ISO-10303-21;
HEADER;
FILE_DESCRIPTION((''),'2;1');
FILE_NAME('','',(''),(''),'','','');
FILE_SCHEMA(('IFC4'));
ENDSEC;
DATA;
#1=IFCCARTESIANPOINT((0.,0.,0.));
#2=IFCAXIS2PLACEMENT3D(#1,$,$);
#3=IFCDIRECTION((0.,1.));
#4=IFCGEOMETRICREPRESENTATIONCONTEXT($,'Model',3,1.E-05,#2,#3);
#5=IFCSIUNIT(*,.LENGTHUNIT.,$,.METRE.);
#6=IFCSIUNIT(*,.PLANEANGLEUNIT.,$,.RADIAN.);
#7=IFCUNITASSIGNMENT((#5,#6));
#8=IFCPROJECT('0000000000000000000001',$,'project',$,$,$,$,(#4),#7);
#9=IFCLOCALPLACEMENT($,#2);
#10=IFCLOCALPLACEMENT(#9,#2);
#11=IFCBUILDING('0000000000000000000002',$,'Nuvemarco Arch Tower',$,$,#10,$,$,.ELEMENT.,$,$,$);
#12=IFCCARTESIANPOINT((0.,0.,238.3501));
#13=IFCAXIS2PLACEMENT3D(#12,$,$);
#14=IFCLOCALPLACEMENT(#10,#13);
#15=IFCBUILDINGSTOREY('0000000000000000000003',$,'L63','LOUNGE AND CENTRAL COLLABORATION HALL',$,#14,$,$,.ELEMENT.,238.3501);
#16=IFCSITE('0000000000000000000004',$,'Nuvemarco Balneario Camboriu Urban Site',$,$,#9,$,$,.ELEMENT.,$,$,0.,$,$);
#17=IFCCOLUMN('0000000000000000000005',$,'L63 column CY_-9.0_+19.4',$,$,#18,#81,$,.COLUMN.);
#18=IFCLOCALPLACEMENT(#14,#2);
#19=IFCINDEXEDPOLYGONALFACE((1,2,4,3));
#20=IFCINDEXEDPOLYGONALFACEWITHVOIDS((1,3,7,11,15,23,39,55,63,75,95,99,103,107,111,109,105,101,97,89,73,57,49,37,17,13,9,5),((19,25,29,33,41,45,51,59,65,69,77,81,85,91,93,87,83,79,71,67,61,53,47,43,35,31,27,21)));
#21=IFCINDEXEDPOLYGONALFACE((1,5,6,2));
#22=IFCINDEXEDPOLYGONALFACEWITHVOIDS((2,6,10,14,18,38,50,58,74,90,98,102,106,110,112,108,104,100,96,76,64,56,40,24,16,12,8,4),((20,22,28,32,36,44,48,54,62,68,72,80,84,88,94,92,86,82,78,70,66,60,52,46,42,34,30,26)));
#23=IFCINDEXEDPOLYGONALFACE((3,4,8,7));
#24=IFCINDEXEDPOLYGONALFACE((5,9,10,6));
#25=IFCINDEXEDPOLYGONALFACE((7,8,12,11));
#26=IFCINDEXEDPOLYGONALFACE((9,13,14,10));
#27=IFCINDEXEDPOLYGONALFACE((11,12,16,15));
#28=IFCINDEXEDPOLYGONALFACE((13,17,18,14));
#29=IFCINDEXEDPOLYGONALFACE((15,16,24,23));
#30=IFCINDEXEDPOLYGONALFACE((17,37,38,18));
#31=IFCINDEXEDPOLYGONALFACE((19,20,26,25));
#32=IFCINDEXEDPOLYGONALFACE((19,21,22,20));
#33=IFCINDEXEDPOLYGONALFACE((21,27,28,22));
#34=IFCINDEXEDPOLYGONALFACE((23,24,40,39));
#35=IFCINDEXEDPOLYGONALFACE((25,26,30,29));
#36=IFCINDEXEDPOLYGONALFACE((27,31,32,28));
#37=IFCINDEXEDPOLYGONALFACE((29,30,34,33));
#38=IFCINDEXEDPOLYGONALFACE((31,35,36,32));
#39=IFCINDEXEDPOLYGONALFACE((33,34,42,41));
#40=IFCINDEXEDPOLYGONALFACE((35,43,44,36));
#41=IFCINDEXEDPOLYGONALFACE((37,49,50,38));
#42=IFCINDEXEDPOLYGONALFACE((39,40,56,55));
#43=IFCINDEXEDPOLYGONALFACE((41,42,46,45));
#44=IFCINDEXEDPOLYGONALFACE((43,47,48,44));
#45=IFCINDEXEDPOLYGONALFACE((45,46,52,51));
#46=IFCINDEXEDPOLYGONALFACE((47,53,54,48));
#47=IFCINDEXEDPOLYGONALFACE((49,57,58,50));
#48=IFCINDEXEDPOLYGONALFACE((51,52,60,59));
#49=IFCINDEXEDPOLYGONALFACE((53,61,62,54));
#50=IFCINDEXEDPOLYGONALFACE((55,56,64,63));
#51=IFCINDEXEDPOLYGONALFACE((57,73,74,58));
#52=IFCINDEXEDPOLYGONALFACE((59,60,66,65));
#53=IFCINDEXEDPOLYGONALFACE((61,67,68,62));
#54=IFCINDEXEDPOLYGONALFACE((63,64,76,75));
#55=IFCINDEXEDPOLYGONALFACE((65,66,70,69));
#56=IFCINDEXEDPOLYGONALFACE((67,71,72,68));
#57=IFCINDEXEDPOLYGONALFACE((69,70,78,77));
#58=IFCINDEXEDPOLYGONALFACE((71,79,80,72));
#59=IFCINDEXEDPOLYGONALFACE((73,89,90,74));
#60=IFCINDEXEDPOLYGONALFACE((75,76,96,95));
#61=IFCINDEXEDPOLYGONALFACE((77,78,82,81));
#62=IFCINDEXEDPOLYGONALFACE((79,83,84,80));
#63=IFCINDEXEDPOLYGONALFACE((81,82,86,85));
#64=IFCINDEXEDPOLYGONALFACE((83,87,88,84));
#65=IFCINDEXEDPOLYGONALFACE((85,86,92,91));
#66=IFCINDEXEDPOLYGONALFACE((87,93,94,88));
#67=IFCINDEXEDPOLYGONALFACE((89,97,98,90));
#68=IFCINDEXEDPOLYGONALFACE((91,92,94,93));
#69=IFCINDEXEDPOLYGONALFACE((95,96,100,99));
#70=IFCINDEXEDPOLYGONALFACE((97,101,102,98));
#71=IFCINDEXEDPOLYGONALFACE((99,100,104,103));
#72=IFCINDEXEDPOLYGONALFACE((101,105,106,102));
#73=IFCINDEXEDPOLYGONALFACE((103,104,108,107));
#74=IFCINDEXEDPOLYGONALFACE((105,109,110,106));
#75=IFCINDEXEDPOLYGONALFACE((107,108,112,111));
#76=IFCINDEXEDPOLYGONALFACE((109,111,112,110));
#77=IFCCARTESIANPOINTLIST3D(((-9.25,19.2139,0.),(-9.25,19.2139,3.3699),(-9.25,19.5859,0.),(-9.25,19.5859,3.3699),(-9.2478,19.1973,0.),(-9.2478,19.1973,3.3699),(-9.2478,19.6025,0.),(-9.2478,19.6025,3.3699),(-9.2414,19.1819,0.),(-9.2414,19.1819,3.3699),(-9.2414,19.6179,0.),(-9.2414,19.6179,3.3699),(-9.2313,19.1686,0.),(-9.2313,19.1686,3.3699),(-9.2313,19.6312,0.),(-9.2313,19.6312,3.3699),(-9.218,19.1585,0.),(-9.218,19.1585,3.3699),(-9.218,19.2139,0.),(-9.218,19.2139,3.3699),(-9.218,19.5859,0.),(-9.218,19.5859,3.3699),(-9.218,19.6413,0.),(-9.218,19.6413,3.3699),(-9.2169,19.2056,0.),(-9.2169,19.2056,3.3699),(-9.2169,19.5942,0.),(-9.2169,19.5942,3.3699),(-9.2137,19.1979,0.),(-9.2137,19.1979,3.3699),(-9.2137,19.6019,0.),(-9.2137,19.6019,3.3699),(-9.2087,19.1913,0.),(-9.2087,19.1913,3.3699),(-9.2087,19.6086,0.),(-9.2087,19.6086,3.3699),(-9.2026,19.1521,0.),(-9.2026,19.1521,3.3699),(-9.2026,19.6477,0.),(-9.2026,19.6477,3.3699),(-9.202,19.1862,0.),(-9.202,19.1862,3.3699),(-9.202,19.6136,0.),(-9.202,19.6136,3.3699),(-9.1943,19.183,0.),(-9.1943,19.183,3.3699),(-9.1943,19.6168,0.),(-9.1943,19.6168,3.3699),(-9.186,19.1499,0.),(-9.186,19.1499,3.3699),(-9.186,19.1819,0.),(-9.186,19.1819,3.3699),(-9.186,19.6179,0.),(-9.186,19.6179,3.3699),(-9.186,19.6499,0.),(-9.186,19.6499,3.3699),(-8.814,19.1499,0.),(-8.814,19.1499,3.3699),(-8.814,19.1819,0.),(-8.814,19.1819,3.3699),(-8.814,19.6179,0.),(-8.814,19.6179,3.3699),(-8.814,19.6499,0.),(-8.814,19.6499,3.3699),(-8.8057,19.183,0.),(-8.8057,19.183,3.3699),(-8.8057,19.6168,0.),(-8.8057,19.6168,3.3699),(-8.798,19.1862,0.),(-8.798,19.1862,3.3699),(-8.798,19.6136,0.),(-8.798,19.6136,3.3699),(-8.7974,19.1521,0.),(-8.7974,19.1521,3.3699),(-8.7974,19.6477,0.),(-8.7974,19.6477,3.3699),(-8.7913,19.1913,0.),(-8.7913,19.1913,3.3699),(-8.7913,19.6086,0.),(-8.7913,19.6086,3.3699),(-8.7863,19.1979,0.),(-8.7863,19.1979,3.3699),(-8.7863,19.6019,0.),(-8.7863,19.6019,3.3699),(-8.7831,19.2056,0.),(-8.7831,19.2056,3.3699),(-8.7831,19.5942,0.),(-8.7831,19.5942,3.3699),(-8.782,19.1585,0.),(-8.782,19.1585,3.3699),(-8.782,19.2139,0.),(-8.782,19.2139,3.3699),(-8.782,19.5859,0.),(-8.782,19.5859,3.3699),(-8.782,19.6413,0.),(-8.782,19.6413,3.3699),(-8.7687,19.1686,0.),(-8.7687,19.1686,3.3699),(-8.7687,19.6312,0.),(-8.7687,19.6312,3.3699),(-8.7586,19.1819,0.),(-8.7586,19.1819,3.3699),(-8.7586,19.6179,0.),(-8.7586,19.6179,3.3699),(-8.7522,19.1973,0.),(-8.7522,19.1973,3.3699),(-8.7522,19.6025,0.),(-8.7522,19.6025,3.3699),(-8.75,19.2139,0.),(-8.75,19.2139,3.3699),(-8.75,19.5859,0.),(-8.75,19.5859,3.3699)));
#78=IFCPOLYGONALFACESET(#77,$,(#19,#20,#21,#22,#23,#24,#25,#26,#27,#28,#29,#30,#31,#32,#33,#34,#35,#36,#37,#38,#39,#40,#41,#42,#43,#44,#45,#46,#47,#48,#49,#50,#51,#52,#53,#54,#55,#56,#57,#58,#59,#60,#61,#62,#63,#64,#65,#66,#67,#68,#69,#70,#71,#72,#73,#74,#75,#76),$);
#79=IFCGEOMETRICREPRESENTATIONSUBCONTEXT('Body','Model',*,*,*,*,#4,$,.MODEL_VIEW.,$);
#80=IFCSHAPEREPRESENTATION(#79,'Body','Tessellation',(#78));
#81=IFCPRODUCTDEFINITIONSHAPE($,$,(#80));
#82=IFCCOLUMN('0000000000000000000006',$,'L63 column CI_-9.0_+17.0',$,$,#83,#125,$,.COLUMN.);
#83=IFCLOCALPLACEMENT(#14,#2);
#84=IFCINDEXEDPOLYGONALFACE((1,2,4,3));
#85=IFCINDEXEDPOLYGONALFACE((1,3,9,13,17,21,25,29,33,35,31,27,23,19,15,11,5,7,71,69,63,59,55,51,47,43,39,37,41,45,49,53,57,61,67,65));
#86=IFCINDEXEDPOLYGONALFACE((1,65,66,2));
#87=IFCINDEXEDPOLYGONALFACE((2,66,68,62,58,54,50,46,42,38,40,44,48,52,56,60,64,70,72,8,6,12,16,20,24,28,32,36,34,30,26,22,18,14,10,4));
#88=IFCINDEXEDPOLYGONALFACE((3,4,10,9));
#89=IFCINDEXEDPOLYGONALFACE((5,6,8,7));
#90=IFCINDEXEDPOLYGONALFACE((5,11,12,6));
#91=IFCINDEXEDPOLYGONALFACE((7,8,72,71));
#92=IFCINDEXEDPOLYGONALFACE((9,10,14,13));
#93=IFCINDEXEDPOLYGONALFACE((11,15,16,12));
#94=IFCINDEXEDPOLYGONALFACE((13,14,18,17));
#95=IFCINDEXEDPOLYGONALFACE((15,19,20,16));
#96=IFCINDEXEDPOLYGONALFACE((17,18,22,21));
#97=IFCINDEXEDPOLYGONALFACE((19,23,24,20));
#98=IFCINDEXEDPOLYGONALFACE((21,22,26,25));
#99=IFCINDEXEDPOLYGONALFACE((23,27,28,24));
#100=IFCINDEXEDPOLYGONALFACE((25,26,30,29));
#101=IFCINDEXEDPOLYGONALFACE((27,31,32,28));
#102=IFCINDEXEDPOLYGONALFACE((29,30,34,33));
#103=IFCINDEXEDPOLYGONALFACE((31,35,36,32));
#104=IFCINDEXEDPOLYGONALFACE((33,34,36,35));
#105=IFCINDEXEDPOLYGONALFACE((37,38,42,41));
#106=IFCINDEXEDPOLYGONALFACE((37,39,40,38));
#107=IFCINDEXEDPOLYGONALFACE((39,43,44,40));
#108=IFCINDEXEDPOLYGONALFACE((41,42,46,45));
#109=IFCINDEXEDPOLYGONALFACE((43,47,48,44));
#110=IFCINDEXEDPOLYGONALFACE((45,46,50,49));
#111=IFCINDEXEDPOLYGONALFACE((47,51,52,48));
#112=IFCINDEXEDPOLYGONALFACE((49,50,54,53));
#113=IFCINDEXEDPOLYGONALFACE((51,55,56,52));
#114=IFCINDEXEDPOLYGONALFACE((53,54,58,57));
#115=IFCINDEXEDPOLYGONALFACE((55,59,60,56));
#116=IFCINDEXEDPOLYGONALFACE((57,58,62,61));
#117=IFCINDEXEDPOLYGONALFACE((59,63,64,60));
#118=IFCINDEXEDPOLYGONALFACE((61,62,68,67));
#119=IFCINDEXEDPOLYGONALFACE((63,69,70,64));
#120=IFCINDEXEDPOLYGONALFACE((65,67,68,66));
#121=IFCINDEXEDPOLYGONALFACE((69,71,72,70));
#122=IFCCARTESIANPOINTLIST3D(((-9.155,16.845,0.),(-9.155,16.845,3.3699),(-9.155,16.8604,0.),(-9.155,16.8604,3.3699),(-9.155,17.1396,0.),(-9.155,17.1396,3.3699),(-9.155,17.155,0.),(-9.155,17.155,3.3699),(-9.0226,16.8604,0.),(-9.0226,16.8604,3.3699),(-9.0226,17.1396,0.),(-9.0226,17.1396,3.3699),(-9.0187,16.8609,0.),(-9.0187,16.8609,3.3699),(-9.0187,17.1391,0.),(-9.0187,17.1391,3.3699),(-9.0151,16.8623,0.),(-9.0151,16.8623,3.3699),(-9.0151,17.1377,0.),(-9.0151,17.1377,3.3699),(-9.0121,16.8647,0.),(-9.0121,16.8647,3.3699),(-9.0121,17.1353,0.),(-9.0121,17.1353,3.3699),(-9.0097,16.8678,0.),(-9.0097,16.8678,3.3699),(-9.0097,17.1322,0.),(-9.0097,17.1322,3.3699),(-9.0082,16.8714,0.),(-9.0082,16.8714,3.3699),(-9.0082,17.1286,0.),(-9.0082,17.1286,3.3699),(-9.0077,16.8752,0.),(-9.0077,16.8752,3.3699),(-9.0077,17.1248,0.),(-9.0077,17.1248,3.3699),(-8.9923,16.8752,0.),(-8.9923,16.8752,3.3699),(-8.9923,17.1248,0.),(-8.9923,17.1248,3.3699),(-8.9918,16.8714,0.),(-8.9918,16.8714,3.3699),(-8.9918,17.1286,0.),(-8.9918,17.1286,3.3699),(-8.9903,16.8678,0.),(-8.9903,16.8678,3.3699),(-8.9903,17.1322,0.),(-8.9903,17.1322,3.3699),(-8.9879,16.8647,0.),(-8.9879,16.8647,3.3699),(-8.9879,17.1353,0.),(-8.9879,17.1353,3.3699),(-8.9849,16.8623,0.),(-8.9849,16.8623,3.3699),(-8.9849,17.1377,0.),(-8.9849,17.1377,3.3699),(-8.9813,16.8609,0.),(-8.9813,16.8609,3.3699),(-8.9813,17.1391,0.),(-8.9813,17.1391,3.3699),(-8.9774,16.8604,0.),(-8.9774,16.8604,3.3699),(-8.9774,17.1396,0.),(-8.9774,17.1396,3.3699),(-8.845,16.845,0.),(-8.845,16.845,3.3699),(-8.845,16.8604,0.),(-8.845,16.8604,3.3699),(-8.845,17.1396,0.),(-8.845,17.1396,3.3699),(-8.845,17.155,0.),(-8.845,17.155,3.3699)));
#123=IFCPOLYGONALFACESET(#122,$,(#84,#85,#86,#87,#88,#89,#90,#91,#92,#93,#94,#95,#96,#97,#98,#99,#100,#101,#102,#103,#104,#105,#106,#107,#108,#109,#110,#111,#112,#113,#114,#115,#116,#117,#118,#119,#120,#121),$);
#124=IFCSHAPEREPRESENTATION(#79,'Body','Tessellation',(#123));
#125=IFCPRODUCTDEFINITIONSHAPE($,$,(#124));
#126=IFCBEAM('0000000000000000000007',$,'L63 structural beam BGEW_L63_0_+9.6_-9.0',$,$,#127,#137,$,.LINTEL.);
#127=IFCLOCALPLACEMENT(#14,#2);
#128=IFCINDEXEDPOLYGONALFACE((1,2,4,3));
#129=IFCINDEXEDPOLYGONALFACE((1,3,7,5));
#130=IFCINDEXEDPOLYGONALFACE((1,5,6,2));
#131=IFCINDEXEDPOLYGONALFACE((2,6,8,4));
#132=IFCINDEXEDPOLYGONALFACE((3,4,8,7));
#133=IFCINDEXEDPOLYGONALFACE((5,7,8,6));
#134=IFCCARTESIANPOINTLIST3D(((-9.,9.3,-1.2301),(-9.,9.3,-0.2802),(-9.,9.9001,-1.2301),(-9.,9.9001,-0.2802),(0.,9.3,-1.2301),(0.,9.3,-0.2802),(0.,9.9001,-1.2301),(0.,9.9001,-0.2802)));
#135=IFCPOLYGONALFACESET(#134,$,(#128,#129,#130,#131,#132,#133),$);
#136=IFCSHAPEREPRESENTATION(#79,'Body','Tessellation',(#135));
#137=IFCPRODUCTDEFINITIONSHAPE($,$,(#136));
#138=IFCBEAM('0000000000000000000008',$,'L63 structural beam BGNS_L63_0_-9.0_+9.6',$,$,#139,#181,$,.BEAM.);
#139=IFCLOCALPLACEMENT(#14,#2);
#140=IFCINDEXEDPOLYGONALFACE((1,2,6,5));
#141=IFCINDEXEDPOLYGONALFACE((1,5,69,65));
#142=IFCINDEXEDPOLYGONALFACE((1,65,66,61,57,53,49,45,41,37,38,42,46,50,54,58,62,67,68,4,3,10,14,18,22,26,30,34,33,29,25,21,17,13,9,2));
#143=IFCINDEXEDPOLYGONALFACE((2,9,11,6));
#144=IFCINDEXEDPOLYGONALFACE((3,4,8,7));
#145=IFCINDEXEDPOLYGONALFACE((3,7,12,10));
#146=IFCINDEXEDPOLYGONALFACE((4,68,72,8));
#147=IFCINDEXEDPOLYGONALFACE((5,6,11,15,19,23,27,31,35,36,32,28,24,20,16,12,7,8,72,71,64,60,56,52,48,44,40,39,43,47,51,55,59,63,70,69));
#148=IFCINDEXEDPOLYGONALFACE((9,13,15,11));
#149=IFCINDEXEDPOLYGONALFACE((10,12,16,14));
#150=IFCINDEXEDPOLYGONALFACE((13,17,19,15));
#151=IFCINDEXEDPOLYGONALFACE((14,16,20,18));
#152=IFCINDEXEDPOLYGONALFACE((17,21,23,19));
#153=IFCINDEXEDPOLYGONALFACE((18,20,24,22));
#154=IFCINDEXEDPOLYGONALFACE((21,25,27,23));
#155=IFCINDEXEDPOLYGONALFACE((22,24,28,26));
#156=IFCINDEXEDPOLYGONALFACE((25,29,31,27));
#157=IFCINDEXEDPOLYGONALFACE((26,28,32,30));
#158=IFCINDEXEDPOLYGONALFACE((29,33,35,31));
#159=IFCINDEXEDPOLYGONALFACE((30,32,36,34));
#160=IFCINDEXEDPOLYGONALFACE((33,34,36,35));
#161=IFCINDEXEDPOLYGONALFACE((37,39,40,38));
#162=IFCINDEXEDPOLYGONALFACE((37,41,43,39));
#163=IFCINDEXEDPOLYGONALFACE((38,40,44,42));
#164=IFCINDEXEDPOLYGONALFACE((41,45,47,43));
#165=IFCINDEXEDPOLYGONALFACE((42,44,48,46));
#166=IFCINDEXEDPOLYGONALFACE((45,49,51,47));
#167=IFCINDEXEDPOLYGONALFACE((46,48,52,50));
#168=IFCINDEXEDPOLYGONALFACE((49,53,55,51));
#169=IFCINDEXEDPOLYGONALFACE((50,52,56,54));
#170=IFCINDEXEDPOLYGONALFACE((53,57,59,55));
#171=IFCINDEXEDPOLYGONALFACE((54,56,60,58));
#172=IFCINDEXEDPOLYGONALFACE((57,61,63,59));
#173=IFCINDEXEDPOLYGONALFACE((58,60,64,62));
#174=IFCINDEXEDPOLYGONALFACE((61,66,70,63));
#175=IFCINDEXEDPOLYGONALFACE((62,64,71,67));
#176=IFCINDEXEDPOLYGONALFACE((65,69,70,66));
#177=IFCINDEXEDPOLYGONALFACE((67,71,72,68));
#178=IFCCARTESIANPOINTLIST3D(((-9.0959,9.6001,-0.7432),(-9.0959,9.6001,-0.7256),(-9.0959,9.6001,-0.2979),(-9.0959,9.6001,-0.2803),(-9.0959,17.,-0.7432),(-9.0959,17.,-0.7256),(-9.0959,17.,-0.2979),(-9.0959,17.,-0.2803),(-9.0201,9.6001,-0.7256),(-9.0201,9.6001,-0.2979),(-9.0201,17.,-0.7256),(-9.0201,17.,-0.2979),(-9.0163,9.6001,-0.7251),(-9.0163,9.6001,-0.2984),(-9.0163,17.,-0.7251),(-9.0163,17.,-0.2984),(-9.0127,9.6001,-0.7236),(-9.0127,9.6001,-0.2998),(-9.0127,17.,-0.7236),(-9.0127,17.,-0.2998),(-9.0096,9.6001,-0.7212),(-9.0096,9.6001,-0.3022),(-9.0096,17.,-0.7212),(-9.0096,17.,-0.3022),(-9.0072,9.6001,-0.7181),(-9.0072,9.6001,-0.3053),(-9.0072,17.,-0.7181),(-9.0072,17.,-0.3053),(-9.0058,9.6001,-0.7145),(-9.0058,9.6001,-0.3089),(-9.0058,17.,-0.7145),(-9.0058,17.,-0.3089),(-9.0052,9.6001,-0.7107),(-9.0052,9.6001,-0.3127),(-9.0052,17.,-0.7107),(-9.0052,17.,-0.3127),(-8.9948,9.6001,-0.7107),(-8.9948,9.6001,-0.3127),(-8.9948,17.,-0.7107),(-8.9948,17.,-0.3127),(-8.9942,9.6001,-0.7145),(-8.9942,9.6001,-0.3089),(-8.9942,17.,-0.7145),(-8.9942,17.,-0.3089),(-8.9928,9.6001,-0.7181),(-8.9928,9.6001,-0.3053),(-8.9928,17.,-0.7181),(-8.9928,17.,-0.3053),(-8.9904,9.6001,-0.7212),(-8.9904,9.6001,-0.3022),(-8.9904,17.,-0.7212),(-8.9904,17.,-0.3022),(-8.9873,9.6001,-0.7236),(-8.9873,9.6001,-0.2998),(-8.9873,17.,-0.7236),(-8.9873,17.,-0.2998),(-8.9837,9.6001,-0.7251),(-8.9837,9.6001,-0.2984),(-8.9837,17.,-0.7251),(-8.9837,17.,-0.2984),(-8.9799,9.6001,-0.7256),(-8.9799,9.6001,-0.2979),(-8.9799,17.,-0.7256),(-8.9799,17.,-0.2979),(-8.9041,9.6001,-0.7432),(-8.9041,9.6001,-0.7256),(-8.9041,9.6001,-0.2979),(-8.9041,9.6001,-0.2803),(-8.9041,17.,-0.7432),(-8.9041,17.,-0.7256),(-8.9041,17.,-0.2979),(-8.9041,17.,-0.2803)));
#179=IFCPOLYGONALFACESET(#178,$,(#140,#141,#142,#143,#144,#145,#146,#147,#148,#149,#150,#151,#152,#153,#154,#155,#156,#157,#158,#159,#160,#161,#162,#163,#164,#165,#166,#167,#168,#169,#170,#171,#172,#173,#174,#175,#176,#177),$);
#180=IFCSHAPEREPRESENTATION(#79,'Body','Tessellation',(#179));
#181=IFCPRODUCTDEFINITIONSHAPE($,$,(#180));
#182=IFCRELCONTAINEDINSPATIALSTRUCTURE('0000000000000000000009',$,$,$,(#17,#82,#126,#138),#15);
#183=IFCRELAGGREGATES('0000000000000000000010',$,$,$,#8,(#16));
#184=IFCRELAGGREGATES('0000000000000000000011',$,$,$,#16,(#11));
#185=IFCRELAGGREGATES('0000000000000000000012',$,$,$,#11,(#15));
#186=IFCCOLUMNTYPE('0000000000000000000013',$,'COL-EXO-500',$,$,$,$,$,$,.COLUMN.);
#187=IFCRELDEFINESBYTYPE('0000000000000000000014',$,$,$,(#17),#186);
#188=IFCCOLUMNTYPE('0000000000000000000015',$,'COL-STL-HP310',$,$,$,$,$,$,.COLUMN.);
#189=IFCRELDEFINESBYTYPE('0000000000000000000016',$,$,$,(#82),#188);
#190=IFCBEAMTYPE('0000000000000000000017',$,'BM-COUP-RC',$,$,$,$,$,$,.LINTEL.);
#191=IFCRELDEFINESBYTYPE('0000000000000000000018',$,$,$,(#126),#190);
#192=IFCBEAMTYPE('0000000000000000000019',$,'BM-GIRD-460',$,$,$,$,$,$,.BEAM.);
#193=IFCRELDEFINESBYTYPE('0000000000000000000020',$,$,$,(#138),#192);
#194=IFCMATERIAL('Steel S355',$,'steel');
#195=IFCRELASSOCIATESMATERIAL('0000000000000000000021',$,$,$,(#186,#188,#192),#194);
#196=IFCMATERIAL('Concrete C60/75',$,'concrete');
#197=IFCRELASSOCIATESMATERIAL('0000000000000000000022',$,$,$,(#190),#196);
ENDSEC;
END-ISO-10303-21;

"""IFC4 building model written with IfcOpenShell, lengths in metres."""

from ifc_helpers import new_model, si_unit, direction, frame, origin, origin_2d, place, context, subcontext, project, spatial, rectangle, hollow_rectangle, i_section, extrude, material, material_profile, profile_set, type_object, element, save


model = new_model("IFC4")

# Units and contexts
model_context = context("Model", 3, precision=1e-05, world=origin(), true_north=direction((0.0, 1.0)))
body_context = subcontext(model_context, "Body", "Model", "MODEL_VIEW")
ifc_project = project(units=[si_unit("LENGTHUNIT", "METRE"), si_unit("PLANEANGLEUNIT", "RADIAN")], contexts=[model_context])

# Site, building, storey
site_placement = place(None, origin())
site = spatial("IfcSite", under=ifc_project, at=site_placement, Name="Nuvemarco Balneario Camboriu Urban Site", CompositionType="ELEMENT", RefElevation=0.0)
building_placement = place(site_placement, origin())
building = spatial("IfcBuilding", under=site, at=building_placement, Name="Nuvemarco Arch Tower", CompositionType="ELEMENT")
storey_placement = place(building_placement, frame((0.0, 0.0, 238.3501)))
storey = spatial("IfcBuildingStorey", under=building, at=storey_placement, Name="L63", Description="LOUNGE AND CENTRAL COLLABORATION HALL", CompositionType="ELEMENT", Elevation=238.3501)

# Columns
ifc_material_1 = material(Name="Steel S355", Category="steel")
ifc_material_profile_1 = material_profile(ifc_material_1, hollow_rectangle(XDim=0.5, YDim=0.5, WallThickness=0.032, InnerFilletRadius=0.032, OuterFilletRadius=0.064, at=origin_2d()), Name="SHS500x500x32")
ifc_profile_set_1 = profile_set([ifc_material_profile_1], Name="Steel S355")
column_type_1 = type_object("IfcColumnType", Name="COL-EXO-500", PredefinedType="COLUMN", material=ifc_profile_set_1)
column_1_placement = place(storey_placement, frame((-9.0, 19.3999, 0.0), z_axis=(0.0, 0.0, 1.0), x_axis=(1.0, 0.0, 0.0)))
element("IfcColumn", 1, at=column_1_placement, inside=storey, type_object=column_type_1, Name="L63 column CY_-9.0_+19.4", PredefinedType="COLUMN", context=body_context, shape_type="SweptSolid", body=[
    extrude(hollow_rectangle(XDim=0.5, YDim=0.5, WallThickness=0.032, InnerFilletRadius=0.032, OuterFilletRadius=0.064, at=origin_2d()), origin(), (0.0, 0.0, 1.0), 3.3699),
])
ifc_material_profile_2 = material_profile(ifc_material_1, i_section(OverallWidth=0.3101, OverallDepth=0.3101, WebThickness=0.0154, FlangeThickness=0.0154, FilletRadius=0.0149, at=origin_2d()), Name="HP310x110")
ifc_profile_set_2 = profile_set([ifc_material_profile_2], Name="Steel S355")
column_type_2 = type_object("IfcColumnType", Name="COL-STL-HP310", PredefinedType="COLUMN", material=ifc_profile_set_2)
column_2_placement = place(storey_placement, frame((-9.0, 17.0, 0.0), z_axis=(0.0, 0.0, 1.0), x_axis=(1.0, 0.0, 0.0)))
element("IfcColumn", 2, at=column_2_placement, inside=storey, type_object=column_type_2, Name="L63 column CI_-9.0_+17.0", PredefinedType="COLUMN", context=body_context, shape_type="SweptSolid", body=[
    extrude(i_section(OverallWidth=0.3101, OverallDepth=0.3101, WebThickness=0.0154, FlangeThickness=0.0154, FilletRadius=0.0149, at=origin_2d()), origin(), (0.0, 0.0, 1.0), 3.3699),
])

# Beams
ifc_material_2 = material(Name="Concrete C60/75", Category="concrete")
ifc_material_profile_3 = material_profile(ifc_material_2, rectangle(XDim=0.6001, YDim=0.95, at=origin_2d()), Name="RC-BM-600x950")
ifc_profile_set_3 = profile_set([ifc_material_profile_3], Name="Concrete C60/75")
beam_type_1 = type_object("IfcBeamType", Name="BM-COUP-RC", PredefinedType="LINTEL", material=ifc_profile_set_3)
beam_1_placement = place(storey_placement, frame((-9.0, 9.6001, -0.7551), z_axis=(1.0, 0.0, 0.0), x_axis=(0.0, 1.0, 0.0)))
element("IfcBeam", 3, at=beam_1_placement, inside=storey, type_object=beam_type_1, Name="L63 structural beam BGEW_L63_0_+9.6_-9.0", PredefinedType="LINTEL", context=body_context, shape_type="SweptSolid", body=[
    extrude(rectangle(XDim=0.6001, YDim=0.95, at=origin_2d()), origin(), (0.0, 0.0, 1.0), 9.0),
])
ifc_material_profile_4 = material_profile(ifc_material_1, i_section(OverallWidth=0.1919, OverallDepth=0.4629, WebThickness=0.0105, FlangeThickness=0.0176, FilletRadius=0.0149, at=origin_2d()), Name="W460x89")
ifc_profile_set_4 = profile_set([ifc_material_profile_4], Name="Steel S355")
beam_type_2 = type_object("IfcBeamType", Name="BM-GIRD-460", PredefinedType="BEAM", material=ifc_profile_set_4)
beam_2_placement = place(storey_placement, frame((-9.0, 9.6001, -0.5117), z_axis=(0.0, 1.0, 0.0), x_axis=(-1.0, 0.0, 0.0)))
element("IfcBeam", 4, at=beam_2_placement, inside=storey, type_object=beam_type_2, Name="L63 structural beam BGNS_L63_0_-9.0_+9.6", PredefinedType="BEAM", context=body_context, shape_type="SweptSolid", body=[
    extrude(i_section(OverallWidth=0.1919, OverallDepth=0.4629, WebThickness=0.0105, FlangeThickness=0.0176, FilletRadius=0.0149, at=origin_2d()), origin(), (0.0, 0.0, 1.0), 7.3999),
])

save(model, "model.ifc")
